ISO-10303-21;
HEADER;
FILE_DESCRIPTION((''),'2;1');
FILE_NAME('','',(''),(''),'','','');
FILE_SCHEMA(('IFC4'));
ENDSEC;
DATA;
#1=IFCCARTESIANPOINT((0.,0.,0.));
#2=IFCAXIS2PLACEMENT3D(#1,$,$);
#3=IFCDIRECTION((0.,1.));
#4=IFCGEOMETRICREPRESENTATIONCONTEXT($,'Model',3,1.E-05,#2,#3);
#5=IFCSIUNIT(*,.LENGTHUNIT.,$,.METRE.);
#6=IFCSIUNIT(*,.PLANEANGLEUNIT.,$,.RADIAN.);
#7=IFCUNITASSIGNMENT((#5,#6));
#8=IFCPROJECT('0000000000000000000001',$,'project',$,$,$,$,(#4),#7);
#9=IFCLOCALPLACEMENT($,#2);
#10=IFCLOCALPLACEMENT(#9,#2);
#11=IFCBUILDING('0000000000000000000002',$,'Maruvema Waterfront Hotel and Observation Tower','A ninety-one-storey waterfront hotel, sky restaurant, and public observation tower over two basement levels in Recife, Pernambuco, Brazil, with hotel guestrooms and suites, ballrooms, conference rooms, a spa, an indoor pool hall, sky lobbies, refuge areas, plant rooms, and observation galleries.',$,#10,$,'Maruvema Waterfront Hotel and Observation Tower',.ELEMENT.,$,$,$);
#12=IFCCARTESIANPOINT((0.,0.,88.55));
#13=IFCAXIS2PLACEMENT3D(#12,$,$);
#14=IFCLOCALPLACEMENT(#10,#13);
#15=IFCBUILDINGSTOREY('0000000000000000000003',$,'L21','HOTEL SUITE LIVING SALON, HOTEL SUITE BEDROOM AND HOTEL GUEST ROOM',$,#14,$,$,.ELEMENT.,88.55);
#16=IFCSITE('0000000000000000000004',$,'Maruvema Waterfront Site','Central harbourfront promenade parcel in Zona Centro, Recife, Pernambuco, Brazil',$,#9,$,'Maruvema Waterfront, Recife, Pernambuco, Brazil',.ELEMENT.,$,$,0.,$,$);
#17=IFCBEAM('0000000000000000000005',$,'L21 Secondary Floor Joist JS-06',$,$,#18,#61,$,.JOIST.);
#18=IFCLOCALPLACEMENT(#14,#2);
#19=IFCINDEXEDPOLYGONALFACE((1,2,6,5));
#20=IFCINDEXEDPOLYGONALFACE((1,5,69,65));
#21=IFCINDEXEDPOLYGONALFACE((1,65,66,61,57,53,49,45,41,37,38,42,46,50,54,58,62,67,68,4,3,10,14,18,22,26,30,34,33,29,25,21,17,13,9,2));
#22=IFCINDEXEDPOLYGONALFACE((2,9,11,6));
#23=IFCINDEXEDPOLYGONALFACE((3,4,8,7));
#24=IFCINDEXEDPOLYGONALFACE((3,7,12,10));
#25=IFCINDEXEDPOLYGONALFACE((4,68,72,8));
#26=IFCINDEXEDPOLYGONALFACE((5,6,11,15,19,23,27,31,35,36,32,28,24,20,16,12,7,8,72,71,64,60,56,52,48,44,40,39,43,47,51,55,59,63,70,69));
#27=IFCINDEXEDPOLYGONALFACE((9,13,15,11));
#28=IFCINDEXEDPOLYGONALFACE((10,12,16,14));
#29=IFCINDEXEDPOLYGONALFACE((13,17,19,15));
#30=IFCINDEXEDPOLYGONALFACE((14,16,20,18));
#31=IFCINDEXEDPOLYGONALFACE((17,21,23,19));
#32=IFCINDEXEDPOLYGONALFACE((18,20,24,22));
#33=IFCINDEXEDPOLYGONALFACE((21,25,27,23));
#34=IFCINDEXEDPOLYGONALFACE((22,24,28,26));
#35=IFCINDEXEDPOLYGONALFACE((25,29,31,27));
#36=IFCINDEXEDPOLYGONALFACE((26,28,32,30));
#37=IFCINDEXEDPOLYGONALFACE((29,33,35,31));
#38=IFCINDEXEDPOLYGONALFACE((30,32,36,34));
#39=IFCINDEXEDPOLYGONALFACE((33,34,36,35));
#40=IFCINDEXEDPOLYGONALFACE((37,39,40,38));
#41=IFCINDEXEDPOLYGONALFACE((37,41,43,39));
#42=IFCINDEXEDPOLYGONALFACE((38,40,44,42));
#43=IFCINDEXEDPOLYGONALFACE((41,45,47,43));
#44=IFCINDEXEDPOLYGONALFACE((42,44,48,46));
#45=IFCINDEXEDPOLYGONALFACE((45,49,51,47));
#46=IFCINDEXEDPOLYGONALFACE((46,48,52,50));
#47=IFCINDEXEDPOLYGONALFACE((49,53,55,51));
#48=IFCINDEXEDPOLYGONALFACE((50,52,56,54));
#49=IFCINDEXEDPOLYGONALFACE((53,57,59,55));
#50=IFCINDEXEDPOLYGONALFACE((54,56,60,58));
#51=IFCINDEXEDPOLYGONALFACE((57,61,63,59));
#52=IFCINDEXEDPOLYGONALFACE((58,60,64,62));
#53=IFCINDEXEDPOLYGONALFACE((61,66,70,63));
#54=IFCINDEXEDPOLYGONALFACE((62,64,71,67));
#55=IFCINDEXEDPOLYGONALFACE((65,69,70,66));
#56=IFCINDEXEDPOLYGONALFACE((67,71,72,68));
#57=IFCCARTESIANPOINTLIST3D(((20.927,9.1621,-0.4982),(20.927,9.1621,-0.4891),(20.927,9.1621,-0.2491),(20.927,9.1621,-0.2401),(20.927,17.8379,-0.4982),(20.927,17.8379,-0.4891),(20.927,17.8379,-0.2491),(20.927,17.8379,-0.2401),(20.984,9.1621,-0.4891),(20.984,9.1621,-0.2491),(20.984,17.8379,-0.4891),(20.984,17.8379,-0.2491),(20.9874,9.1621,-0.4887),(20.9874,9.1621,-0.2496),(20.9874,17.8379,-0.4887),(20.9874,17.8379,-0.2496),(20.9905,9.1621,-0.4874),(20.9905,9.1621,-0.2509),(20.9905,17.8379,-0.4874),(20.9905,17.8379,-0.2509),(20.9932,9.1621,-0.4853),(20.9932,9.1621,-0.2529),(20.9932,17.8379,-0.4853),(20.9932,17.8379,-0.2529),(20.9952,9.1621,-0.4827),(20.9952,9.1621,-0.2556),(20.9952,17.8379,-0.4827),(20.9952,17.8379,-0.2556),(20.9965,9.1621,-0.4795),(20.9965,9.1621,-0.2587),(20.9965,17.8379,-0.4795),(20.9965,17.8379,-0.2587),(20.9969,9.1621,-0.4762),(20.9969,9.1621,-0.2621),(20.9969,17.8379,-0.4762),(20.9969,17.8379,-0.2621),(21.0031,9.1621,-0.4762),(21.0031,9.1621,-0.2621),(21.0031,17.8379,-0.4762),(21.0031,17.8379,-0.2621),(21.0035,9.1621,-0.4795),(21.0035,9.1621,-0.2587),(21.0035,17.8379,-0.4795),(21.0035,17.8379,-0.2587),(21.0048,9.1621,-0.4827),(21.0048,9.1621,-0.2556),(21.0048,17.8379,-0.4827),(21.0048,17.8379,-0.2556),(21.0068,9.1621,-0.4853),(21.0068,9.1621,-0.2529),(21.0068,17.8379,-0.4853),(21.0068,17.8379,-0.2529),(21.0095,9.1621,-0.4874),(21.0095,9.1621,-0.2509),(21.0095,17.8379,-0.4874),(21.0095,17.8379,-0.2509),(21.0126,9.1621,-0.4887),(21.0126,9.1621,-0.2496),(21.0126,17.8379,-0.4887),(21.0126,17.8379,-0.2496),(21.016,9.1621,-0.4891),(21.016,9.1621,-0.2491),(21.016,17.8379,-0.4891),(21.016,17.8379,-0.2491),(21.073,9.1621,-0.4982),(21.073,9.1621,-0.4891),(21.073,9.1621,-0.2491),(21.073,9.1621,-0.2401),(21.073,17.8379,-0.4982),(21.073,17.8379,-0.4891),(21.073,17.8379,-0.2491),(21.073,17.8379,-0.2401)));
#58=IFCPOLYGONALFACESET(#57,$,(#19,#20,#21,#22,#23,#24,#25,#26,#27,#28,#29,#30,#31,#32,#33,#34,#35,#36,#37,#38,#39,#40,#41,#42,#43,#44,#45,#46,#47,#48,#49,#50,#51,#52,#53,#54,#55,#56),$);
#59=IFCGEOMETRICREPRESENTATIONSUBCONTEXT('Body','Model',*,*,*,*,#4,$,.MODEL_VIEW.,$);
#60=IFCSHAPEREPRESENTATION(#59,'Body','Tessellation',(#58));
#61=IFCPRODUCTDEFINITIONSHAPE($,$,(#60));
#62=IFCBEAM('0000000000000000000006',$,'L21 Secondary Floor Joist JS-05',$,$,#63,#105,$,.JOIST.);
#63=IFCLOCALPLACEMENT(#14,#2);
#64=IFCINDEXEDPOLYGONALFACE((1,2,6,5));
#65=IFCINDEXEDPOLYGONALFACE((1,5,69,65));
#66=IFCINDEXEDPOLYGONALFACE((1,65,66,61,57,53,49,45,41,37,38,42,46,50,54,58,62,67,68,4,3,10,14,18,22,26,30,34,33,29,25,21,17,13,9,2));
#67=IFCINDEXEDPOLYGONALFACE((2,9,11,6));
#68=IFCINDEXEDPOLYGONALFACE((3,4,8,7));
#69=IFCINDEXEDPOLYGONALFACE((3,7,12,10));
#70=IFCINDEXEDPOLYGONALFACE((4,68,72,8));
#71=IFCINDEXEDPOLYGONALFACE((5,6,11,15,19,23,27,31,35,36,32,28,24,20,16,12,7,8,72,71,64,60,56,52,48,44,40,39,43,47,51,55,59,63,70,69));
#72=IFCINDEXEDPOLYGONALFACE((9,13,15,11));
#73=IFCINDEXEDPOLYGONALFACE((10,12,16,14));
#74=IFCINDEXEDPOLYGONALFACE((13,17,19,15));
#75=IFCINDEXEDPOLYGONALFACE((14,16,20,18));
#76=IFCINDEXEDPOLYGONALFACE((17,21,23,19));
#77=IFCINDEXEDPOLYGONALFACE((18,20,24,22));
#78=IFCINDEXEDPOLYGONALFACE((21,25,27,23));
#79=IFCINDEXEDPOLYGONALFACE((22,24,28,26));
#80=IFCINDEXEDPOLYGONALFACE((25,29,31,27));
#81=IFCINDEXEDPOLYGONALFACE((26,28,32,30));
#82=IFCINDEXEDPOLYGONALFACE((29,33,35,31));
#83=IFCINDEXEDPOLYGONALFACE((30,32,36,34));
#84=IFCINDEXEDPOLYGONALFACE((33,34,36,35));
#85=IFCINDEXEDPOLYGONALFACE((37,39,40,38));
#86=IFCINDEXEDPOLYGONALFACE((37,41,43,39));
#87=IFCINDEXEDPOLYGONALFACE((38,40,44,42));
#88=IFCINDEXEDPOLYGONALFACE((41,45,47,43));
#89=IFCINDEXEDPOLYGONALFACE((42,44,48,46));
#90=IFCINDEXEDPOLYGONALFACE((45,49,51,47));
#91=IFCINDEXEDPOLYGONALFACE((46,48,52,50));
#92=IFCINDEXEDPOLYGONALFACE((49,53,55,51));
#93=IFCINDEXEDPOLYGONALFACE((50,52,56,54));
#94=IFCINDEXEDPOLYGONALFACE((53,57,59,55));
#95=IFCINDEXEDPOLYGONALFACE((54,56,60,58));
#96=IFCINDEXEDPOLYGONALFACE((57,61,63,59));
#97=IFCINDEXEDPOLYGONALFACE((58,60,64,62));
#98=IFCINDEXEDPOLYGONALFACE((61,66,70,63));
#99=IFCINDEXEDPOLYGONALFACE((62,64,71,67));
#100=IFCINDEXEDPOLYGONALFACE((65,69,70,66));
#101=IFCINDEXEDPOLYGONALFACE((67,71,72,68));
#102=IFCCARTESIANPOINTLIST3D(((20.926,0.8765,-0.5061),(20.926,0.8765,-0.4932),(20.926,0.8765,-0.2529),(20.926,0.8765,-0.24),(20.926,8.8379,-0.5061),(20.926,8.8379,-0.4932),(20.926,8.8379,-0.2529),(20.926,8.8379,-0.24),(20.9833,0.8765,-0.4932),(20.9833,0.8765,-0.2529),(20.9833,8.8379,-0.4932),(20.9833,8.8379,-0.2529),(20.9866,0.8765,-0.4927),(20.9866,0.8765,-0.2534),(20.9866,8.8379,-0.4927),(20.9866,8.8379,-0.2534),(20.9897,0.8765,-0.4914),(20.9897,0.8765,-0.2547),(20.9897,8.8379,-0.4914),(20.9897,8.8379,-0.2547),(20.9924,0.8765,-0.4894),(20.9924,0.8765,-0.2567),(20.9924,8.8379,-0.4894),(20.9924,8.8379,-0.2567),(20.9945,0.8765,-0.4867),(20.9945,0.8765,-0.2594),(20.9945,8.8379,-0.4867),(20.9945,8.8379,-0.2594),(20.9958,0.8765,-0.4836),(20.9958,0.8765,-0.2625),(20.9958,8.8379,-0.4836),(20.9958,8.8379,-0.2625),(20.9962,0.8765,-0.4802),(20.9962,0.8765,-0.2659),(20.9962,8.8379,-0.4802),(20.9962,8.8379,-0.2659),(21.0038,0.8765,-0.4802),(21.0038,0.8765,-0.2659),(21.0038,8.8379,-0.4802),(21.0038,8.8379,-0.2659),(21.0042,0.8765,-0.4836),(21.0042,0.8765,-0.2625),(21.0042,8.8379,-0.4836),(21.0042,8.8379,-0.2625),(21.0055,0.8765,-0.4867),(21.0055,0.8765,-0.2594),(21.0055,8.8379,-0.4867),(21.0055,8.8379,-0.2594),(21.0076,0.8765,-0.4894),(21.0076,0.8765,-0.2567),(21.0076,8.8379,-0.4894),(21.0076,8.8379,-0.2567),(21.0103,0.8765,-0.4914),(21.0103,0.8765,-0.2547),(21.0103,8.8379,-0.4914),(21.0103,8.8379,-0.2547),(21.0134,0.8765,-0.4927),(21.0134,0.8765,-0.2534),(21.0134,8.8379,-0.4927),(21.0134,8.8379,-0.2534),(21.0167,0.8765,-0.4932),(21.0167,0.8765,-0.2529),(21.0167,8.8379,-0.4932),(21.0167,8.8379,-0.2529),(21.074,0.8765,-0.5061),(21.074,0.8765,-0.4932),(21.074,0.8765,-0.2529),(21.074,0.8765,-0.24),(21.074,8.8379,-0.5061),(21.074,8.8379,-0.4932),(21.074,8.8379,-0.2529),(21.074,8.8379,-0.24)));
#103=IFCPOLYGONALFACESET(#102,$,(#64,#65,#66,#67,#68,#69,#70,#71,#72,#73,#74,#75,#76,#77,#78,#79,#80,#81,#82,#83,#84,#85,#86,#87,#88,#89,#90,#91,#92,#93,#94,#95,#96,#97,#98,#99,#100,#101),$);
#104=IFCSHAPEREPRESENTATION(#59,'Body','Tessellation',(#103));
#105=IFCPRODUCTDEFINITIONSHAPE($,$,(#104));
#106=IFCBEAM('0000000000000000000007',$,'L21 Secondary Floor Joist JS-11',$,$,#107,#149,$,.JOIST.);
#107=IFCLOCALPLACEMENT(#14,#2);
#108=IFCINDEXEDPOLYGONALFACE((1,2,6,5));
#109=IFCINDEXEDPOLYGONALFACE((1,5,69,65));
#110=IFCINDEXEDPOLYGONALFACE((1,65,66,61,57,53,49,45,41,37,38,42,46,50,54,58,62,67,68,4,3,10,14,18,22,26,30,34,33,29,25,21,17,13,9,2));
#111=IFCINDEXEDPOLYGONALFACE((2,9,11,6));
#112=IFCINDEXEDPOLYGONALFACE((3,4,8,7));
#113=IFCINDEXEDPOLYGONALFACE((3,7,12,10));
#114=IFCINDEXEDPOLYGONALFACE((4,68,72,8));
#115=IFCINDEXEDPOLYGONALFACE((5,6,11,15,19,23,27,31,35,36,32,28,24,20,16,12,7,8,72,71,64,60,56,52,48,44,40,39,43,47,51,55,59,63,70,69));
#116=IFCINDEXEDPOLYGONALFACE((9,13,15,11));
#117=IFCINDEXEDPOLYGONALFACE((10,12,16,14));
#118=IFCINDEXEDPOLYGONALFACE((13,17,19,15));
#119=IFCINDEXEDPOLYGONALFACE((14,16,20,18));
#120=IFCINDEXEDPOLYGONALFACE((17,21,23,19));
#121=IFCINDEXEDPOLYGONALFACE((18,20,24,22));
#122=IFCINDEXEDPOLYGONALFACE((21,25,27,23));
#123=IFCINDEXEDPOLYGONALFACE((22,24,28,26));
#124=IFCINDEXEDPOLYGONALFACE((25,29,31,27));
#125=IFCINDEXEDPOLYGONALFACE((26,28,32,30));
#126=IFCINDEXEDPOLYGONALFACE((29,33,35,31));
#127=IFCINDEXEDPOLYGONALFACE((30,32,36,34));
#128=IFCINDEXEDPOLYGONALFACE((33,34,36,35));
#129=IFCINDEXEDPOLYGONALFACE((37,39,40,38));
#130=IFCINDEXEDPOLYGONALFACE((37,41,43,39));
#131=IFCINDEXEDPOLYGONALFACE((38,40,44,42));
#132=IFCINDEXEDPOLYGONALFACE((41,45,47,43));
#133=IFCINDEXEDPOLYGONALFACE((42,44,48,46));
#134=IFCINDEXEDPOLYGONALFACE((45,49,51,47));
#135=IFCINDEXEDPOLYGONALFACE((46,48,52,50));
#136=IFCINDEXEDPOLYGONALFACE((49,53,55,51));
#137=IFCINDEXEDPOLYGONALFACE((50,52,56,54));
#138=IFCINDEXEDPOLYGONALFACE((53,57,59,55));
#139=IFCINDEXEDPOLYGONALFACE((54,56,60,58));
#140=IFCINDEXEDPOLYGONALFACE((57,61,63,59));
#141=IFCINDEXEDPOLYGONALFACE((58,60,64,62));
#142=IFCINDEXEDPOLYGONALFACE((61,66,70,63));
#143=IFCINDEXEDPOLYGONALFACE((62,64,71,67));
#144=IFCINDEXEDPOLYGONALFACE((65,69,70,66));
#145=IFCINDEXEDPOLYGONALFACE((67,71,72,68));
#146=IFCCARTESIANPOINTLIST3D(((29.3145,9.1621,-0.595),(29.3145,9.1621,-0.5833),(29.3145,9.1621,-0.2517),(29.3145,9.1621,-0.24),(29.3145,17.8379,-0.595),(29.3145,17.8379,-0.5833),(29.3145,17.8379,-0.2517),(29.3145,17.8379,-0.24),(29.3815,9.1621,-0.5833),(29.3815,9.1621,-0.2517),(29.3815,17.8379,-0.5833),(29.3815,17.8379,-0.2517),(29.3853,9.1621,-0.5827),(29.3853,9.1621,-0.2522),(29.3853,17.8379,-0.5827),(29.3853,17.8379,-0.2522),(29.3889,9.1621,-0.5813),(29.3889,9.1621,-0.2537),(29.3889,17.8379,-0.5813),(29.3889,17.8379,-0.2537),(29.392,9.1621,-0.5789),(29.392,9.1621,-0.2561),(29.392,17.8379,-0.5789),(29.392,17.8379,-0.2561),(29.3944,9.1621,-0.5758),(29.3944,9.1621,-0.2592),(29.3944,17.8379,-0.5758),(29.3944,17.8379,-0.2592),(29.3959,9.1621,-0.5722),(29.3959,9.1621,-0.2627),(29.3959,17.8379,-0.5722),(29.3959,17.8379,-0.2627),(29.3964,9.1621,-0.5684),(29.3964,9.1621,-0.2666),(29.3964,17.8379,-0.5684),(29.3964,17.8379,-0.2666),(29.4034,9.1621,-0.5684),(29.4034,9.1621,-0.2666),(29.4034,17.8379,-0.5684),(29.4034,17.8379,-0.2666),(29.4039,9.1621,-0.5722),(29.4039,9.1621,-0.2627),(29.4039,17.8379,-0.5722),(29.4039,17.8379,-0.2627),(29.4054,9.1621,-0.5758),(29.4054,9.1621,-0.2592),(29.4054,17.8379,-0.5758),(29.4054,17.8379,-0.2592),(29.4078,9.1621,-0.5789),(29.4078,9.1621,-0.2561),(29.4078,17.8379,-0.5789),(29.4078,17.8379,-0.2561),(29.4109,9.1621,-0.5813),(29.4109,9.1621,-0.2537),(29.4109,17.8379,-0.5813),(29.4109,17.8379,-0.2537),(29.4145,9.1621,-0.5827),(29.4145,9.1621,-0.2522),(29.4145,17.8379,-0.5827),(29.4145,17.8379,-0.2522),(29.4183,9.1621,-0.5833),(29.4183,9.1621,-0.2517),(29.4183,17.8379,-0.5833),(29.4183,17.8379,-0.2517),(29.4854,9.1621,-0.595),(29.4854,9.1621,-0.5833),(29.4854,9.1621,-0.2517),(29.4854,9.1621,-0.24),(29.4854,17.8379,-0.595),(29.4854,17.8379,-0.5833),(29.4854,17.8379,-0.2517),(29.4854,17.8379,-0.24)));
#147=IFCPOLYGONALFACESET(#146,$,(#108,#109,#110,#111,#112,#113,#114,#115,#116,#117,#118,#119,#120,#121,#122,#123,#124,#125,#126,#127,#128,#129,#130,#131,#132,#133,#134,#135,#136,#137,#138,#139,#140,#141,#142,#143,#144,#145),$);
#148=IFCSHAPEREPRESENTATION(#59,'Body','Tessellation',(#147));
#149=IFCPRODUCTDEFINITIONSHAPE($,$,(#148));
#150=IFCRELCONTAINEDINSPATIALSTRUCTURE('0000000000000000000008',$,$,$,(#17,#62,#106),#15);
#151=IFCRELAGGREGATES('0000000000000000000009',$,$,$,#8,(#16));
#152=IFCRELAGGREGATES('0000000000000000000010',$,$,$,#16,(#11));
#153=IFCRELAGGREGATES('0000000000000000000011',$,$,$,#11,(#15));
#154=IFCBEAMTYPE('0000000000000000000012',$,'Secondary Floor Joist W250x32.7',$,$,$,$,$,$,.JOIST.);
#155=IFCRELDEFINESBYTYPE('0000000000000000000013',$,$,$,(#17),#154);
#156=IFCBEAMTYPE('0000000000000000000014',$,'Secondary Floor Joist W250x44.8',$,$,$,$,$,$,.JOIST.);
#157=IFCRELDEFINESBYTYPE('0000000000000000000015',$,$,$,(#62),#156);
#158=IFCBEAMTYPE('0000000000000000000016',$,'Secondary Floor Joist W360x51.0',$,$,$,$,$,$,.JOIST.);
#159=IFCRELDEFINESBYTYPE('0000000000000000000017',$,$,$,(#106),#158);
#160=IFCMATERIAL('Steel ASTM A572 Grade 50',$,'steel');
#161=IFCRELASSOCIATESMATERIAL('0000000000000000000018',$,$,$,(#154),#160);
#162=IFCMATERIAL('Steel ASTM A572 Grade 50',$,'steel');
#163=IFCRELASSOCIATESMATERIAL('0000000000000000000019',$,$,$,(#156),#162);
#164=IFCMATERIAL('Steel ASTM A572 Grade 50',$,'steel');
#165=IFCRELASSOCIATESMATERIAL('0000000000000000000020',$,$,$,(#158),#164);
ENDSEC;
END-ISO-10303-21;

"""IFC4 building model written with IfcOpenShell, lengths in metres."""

from ifc_helpers import new_model, si_unit, direction, frame, origin, origin_2d, place, context, subcontext, project, spatial, i_section, extrude, material, material_profile, profile_set, type_object, element, save


model = new_model("IFC4")

# Units and contexts
model_context = context("Model", 3, precision=1e-05, world=origin(), true_north=direction((0.0, 1.0)))
body_context = subcontext(model_context, "Body", "Model", "MODEL_VIEW")
ifc_project = project(units=[si_unit("LENGTHUNIT", "METRE"), si_unit("PLANEANGLEUNIT", "RADIAN")], contexts=[model_context])

# Site, building, storey
site_placement = place(None, origin())
site = spatial("IfcSite", under=ifc_project, at=site_placement, Name="Maruvema Waterfront Site", Description="Central harbourfront promenade parcel in Zona Centro, Recife, Pernambuco, Brazil", LongName="Maruvema Waterfront, Recife, Pernambuco, Brazil", CompositionType="ELEMENT", RefElevation=0.0)
building_placement = place(site_placement, origin())
building = spatial("IfcBuilding", under=site, at=building_placement, Name="Maruvema Waterfront Hotel and Observation Tower", Description="A ninety-one-storey waterfront hotel, sky restaurant, and public observation tower over two basement levels in Recife, Pernambuco, Brazil, with hotel guestrooms and suites, ballrooms, conference rooms, a spa, an indoor pool hall, sky lobbies, refuge areas, plant rooms, and observation galleries.", LongName="Maruvema Waterfront Hotel and Observation Tower", CompositionType="ELEMENT")
storey_placement = place(building_placement, frame((0.0, 0.0, 88.55)))
storey = spatial("IfcBuildingStorey", under=building, at=storey_placement, Name="L21", Description="HOTEL SUITE LIVING SALON, HOTEL SUITE BEDROOM AND HOTEL GUEST ROOM", CompositionType="ELEMENT", Elevation=88.55)

# Beams
ifc_material_1 = material(Name="Steel ASTM A572 Grade 50", Category="steel")
ifc_material_profile_1 = material_profile(ifc_material_1, i_section(OverallWidth=0.146, OverallDepth=0.2581, WebThickness=0.0061, FlangeThickness=0.009, FilletRadius=0.0129, at=origin_2d()), Name="W250x32.7")
ifc_profile_set_1 = profile_set([ifc_material_profile_1], Name="Steel ASTM A572 Grade 50")
beam_type_1 = type_object("IfcBeamType", Name="Secondary Floor Joist W250x32.7", PredefinedType="JOIST", material=ifc_profile_set_1)
beam_1_placement = place(storey_placement, frame((21.0, 9.1621, -0.3691), z_axis=(0.0, 1.0, 0.0), x_axis=(-1.0, 0.0, 0.0)))
element("IfcBeam", 1, at=beam_1_placement, inside=storey, type_object=beam_type_1, Name="L21 Secondary Floor Joist JS-06", PredefinedType="JOIST", context=body_context, shape_type="SweptSolid", body=[
    extrude(i_section(OverallWidth=0.146, OverallDepth=0.2581, WebThickness=0.0061, FlangeThickness=0.009, FilletRadius=0.0129, at=origin_2d()), origin(), (0.0, 0.0, 1.0), 8.6758),
])
ifc_material_2 = material(Name="Steel ASTM A572 Grade 50", Category="steel")
ifc_material_profile_2 = material_profile(ifc_material_2, i_section(OverallWidth=0.1479, OverallDepth=0.2661, WebThickness=0.0076, FlangeThickness=0.0129, FilletRadius=0.0129, at=origin_2d()), Name="W250x44.8")
ifc_profile_set_2 = profile_set([ifc_material_profile_2], Name="Steel ASTM A572 Grade 50")
beam_type_2 = type_object("IfcBeamType", Name="Secondary Floor Joist W250x44.8", PredefinedType="JOIST", material=ifc_profile_set_2)
beam_2_placement = place(storey_placement, frame((21.0, 0.8765, -0.373), z_axis=(0.0, 1.0, 0.0), x_axis=(-1.0, 0.0, 0.0)))
element("IfcBeam", 2, at=beam_2_placement, inside=storey, type_object=beam_type_2, Name="L21 Secondary Floor Joist JS-05", PredefinedType="JOIST", context=body_context, shape_type="SweptSolid", body=[
    extrude(i_section(OverallWidth=0.1479, OverallDepth=0.2661, WebThickness=0.0076, FlangeThickness=0.0129, FilletRadius=0.0129, at=origin_2d()), origin(), (0.0, 0.0, 1.0), 7.9614),
])
ifc_material_3 = material(Name="Steel ASTM A572 Grade 50", Category="steel")
ifc_material_profile_3 = material_profile(ifc_material_3, i_section(OverallWidth=0.1709, OverallDepth=0.355, WebThickness=0.0071, FlangeThickness=0.0117, FilletRadius=0.0149, at=origin_2d()), Name="W360x51.0")
ifc_profile_set_3 = profile_set([ifc_material_profile_3], Name="Steel ASTM A572 Grade 50")
beam_type_3 = type_object("IfcBeamType", Name="Secondary Floor Joist W360x51.0", PredefinedType="JOIST", material=ifc_profile_set_3)
beam_3_placement = place(storey_placement, frame((29.3999, 9.1621, -0.4175), z_axis=(0.0, 1.0, 0.0), x_axis=(-1.0, 0.0, 0.0)))
element("IfcBeam", 3, at=beam_3_placement, inside=storey, type_object=beam_type_3, Name="L21 Secondary Floor Joist JS-11", PredefinedType="JOIST", context=body_context, shape_type="SweptSolid", body=[
    extrude(i_section(OverallWidth=0.1709, OverallDepth=0.355, WebThickness=0.0071, FlangeThickness=0.0117, FilletRadius=0.0149, at=origin_2d()), origin(), (0.0, 0.0, 1.0), 8.6758),
])

save(model, "model.ifc")
